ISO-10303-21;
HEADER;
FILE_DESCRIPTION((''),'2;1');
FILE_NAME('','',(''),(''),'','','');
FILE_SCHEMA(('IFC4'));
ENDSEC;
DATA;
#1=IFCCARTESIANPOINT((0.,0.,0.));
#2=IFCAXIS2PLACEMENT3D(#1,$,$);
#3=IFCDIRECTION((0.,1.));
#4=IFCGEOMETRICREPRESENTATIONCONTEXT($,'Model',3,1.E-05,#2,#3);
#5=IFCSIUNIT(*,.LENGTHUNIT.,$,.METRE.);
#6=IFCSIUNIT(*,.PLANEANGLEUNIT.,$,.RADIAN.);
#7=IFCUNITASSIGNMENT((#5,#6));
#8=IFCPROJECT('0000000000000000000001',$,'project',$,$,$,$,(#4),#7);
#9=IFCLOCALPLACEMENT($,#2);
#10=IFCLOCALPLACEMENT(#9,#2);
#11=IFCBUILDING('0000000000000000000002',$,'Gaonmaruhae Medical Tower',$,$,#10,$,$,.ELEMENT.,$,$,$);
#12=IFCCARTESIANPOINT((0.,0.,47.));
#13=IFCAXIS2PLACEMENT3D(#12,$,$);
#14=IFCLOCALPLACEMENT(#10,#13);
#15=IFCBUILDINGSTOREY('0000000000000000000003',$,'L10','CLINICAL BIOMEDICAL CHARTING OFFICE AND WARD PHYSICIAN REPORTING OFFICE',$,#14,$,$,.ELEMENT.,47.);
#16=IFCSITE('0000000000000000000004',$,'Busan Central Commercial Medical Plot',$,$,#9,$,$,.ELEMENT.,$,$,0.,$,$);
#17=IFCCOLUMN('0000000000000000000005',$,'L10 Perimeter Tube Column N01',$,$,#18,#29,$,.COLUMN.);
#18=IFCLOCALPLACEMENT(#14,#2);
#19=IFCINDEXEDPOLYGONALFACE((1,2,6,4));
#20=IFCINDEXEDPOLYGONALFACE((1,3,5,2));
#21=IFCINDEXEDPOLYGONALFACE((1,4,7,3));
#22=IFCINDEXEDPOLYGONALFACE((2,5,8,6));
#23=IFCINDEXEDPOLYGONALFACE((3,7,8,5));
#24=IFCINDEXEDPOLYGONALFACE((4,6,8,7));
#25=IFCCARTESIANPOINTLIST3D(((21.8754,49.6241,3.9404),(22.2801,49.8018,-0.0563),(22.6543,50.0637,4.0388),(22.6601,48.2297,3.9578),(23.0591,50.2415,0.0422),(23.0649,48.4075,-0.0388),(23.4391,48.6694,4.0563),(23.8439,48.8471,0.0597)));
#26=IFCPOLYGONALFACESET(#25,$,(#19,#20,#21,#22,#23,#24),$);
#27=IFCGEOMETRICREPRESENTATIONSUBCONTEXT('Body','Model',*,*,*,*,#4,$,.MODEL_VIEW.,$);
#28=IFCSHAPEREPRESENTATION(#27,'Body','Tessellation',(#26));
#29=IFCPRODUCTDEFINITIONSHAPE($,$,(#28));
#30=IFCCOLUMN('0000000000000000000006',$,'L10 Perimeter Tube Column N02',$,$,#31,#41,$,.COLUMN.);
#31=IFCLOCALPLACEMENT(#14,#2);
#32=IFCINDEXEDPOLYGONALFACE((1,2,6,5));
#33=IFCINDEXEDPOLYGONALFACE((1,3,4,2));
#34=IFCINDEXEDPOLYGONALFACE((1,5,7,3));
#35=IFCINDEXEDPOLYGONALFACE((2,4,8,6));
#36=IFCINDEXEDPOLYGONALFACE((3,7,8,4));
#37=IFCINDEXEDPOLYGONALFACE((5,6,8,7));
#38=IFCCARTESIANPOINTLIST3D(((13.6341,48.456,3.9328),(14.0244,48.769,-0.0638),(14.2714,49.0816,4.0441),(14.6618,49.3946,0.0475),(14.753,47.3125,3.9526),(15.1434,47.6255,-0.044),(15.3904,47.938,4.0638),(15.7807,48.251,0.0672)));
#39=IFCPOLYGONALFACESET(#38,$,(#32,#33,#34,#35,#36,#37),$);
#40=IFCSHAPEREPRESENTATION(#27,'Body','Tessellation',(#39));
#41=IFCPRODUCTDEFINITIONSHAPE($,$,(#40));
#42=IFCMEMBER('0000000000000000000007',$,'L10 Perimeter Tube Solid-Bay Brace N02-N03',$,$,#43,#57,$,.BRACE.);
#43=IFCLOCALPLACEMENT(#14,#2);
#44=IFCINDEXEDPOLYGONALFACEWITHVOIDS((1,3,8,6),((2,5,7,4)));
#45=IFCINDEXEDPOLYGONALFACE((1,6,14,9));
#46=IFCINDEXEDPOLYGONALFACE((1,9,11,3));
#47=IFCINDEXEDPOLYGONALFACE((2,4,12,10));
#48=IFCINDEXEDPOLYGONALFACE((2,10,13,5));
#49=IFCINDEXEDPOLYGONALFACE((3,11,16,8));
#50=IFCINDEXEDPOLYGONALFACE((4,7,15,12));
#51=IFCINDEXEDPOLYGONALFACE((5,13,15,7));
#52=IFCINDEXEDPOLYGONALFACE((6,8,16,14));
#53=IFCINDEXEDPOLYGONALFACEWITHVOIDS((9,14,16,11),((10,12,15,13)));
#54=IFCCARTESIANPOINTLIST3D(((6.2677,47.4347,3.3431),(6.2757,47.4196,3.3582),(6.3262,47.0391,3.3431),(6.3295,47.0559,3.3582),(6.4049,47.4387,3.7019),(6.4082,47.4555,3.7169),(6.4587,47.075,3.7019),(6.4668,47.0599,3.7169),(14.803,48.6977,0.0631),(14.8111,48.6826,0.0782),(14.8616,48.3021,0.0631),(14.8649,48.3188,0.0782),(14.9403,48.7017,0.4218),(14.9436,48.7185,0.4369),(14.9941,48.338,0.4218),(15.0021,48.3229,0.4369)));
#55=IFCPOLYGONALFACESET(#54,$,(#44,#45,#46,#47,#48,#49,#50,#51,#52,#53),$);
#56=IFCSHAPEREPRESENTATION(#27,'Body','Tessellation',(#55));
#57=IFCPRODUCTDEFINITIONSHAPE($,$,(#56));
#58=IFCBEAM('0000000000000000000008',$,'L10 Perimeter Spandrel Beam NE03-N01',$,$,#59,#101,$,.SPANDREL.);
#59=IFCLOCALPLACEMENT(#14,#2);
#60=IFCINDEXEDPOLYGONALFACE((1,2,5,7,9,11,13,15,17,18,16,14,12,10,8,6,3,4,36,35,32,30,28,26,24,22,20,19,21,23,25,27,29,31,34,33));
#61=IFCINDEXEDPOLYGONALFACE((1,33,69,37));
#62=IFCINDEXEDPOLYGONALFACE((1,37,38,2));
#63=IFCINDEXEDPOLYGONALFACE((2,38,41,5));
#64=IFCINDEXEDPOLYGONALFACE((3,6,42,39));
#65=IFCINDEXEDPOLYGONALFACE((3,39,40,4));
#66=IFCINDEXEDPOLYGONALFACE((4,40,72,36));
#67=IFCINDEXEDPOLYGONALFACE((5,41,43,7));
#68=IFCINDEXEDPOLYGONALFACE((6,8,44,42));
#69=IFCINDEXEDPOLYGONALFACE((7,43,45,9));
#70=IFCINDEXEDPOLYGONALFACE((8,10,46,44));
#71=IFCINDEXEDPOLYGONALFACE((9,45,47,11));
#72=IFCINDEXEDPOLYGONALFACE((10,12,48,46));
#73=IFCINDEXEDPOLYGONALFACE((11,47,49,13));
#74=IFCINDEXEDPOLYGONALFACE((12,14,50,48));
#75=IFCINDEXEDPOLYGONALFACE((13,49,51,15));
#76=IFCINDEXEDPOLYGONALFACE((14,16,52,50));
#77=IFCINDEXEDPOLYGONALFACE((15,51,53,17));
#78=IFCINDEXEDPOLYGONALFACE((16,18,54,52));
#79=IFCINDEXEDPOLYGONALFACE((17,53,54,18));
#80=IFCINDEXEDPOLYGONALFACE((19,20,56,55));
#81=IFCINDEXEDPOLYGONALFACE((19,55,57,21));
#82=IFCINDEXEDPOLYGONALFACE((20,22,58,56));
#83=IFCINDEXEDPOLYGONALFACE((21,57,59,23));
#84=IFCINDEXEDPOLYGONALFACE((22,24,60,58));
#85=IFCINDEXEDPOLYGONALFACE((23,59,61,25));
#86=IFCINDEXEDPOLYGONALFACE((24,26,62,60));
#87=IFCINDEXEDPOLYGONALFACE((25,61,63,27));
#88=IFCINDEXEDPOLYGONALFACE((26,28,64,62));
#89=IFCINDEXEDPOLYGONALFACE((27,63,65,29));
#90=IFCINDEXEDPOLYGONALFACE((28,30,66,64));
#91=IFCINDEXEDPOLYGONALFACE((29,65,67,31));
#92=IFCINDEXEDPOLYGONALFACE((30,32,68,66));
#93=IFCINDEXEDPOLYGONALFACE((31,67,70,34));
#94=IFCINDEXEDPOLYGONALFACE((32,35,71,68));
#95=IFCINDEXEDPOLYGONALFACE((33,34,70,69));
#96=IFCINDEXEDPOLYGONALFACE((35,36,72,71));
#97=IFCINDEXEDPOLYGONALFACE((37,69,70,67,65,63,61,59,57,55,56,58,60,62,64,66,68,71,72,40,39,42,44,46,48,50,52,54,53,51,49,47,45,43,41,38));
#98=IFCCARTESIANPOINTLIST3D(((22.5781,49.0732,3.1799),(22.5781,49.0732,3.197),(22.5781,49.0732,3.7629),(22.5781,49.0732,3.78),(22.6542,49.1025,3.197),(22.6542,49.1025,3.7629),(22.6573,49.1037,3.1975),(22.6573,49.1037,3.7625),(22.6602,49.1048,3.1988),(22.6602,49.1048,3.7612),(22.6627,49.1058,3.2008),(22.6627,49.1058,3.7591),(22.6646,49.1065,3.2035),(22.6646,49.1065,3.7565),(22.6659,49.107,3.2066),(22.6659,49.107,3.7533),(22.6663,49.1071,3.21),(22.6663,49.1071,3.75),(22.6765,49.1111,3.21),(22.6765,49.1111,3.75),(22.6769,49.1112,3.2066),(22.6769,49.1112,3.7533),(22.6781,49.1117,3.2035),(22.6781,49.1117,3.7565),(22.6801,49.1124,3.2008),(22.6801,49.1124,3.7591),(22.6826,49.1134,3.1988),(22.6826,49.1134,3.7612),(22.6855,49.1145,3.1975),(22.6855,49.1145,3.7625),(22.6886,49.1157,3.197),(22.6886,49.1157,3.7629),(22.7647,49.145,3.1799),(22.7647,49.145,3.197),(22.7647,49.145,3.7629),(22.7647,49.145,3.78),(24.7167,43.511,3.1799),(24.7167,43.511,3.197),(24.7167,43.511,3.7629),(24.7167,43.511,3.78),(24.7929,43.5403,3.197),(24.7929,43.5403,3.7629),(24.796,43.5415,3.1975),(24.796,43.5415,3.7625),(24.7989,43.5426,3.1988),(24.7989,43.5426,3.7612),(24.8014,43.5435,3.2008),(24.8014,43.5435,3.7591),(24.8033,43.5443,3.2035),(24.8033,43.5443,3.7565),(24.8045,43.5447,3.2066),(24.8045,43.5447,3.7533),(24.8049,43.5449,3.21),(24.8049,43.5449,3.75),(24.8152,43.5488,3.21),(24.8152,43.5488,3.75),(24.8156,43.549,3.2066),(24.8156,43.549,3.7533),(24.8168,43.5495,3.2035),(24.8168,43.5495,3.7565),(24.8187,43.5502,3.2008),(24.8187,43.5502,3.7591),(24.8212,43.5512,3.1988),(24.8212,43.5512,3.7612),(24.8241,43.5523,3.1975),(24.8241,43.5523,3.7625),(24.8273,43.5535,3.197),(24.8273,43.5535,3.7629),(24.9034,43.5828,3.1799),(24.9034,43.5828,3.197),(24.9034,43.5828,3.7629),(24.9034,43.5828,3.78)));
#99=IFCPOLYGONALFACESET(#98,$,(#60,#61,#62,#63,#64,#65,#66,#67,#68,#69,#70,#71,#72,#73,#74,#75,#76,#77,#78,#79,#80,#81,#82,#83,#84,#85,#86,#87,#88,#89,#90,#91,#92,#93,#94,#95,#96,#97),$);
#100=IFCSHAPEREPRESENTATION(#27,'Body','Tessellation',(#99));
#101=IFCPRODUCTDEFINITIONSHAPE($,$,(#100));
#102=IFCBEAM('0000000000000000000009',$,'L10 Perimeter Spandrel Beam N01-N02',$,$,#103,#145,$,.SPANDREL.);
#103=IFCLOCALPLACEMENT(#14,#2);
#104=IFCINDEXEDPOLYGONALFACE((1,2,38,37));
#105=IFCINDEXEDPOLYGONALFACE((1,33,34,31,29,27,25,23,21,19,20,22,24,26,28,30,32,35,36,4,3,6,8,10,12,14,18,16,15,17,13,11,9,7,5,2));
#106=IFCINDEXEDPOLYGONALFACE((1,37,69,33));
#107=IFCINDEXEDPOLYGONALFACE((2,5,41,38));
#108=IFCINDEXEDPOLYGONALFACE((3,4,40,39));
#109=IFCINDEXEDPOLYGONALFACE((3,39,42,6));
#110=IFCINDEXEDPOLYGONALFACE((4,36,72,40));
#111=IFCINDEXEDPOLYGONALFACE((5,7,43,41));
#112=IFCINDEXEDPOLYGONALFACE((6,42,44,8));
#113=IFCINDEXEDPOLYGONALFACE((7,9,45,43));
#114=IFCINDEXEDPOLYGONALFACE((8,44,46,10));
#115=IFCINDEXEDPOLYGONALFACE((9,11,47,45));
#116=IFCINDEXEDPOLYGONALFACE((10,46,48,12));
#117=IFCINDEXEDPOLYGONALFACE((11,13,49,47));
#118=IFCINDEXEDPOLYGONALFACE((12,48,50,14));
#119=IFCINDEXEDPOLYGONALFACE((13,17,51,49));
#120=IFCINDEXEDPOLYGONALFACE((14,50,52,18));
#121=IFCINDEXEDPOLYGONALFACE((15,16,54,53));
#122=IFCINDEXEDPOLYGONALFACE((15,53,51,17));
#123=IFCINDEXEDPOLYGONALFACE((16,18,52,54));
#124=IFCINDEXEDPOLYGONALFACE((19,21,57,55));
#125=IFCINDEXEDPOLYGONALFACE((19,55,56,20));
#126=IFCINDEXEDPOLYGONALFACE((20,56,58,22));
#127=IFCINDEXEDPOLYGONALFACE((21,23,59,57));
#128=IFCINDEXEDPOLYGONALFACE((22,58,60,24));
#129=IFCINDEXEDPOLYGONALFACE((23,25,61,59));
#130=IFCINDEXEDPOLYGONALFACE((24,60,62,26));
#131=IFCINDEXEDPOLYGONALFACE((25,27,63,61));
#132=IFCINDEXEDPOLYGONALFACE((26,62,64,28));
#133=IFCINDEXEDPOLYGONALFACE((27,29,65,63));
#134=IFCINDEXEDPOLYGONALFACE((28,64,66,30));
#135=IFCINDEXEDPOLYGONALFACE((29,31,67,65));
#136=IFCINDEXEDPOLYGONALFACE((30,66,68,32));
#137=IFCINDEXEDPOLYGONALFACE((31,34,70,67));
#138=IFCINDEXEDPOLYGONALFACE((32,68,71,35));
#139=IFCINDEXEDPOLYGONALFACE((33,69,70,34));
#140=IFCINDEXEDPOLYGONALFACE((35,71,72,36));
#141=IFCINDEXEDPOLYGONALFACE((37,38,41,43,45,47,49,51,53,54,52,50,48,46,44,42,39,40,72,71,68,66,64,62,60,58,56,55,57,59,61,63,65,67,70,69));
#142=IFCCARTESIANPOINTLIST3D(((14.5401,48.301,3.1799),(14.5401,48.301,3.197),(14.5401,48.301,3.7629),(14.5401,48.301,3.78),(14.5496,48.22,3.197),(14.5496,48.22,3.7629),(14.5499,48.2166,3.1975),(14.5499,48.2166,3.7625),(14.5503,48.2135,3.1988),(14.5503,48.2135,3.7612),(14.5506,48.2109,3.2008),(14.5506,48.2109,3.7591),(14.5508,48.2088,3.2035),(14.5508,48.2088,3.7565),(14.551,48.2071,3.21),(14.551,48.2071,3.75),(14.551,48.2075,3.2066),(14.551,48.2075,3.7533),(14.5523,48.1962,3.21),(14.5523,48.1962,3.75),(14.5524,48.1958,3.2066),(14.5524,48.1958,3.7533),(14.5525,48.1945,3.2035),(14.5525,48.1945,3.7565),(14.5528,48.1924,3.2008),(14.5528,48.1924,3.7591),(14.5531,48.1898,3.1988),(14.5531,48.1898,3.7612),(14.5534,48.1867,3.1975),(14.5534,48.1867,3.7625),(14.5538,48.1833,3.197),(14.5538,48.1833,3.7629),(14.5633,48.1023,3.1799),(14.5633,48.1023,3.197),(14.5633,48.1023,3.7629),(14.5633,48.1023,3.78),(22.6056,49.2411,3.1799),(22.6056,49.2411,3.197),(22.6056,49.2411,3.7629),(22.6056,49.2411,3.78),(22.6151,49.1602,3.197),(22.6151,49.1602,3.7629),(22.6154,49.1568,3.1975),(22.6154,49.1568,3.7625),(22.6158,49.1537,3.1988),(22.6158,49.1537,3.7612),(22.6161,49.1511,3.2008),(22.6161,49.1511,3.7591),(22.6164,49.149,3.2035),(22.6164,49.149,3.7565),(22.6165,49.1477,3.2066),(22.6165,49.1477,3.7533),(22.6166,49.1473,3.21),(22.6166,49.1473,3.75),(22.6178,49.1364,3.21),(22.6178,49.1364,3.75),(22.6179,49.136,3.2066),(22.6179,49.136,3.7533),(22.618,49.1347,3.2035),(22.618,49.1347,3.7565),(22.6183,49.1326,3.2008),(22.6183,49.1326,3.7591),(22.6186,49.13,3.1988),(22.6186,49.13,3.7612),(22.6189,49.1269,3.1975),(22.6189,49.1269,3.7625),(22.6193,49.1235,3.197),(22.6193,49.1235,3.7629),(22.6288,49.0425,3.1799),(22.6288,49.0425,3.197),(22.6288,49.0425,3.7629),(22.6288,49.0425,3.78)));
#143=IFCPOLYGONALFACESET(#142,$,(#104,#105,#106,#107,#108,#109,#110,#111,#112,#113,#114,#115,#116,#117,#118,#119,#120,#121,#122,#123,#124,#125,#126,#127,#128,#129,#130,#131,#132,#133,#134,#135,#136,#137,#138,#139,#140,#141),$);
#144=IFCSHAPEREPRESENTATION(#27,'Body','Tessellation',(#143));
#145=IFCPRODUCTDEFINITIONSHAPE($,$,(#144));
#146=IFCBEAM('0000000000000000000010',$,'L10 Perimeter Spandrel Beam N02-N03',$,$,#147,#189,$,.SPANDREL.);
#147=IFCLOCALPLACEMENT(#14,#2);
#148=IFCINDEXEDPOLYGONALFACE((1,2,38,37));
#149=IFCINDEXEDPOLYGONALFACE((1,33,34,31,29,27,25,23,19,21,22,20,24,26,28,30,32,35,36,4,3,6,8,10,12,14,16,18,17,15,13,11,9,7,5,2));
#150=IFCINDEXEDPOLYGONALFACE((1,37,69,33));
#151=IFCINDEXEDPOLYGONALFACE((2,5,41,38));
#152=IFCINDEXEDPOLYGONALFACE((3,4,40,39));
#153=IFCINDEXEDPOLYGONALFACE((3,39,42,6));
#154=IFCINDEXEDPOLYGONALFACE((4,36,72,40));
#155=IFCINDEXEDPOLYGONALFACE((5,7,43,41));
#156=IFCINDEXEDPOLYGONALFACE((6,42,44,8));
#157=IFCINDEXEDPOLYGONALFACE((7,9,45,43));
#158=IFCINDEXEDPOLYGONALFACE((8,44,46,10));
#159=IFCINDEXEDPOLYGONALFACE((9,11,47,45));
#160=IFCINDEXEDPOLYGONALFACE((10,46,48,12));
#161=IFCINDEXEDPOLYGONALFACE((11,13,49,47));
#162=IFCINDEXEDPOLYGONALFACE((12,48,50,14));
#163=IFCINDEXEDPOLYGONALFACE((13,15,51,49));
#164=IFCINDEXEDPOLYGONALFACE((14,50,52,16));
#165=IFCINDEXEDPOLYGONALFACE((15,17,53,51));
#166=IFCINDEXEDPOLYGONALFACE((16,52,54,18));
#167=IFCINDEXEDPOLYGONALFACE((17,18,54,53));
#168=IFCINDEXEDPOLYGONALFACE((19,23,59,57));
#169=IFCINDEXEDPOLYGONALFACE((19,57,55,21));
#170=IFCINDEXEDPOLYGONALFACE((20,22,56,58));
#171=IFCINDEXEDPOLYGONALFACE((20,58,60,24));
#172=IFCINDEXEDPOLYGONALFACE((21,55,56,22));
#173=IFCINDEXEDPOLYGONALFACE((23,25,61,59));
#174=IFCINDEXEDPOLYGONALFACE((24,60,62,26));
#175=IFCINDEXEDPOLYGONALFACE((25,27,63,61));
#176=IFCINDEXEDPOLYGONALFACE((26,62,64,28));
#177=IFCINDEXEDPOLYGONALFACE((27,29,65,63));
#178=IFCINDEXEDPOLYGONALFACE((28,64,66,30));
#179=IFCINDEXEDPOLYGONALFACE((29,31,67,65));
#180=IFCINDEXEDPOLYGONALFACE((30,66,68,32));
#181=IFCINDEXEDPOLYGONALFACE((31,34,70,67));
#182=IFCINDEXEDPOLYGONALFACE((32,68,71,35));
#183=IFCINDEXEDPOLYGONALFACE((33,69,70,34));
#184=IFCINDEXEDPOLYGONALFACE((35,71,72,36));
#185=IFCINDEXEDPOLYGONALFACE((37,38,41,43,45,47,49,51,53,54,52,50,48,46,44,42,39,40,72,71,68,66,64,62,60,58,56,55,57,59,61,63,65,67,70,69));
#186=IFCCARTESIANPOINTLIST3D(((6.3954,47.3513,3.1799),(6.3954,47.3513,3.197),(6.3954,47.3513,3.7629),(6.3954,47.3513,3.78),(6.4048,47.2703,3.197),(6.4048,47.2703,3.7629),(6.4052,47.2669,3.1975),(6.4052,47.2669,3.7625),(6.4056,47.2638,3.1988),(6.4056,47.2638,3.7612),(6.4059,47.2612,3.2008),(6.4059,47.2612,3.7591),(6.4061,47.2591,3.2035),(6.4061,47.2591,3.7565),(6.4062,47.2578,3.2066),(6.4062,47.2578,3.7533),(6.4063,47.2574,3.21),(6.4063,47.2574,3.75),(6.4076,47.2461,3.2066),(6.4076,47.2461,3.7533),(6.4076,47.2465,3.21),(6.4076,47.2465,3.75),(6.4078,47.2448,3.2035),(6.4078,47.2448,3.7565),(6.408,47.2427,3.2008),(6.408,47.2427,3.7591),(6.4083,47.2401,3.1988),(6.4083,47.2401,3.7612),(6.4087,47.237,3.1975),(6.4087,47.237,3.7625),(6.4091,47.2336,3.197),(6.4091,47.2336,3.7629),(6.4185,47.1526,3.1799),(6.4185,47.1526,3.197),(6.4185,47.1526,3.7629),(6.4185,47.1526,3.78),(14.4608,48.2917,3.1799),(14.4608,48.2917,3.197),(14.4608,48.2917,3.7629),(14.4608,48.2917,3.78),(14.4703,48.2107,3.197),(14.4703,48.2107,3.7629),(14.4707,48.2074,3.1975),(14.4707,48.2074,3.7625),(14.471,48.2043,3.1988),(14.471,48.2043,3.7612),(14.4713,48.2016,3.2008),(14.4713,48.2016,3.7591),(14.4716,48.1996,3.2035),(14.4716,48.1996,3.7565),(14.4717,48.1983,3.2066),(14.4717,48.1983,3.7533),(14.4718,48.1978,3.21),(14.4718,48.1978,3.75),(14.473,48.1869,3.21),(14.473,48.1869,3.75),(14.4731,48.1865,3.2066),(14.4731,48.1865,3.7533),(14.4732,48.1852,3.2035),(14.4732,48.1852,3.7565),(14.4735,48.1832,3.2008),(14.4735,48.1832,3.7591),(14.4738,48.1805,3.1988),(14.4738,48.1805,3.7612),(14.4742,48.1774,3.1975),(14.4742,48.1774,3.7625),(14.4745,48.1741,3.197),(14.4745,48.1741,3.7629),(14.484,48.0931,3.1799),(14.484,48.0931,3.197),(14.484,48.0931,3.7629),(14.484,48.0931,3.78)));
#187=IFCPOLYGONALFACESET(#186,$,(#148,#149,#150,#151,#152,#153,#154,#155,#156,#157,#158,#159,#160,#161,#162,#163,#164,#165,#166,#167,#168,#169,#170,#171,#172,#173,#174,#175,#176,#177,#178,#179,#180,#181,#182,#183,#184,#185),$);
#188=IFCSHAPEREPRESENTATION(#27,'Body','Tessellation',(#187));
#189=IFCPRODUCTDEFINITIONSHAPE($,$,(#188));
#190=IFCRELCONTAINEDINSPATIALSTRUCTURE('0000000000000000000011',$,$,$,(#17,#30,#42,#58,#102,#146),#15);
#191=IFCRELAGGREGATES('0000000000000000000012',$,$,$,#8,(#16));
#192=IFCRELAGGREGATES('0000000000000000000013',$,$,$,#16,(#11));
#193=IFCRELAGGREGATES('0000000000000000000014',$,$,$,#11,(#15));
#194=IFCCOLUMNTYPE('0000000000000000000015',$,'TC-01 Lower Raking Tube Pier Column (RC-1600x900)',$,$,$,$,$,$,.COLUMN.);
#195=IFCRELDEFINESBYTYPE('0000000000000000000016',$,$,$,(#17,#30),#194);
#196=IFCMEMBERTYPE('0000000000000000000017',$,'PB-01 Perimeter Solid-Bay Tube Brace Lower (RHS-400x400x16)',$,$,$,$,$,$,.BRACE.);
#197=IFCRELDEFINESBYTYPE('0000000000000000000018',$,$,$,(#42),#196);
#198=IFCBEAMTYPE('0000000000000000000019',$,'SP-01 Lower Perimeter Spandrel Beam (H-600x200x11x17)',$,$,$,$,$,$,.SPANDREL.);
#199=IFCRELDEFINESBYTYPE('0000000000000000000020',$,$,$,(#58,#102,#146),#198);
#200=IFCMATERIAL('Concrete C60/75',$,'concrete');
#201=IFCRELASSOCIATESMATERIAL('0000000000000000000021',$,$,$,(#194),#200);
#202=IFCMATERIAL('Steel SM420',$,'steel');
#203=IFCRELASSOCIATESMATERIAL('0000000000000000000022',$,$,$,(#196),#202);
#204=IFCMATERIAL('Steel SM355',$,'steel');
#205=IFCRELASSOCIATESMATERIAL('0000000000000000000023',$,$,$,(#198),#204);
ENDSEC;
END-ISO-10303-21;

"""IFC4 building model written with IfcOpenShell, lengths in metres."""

from ifc_helpers import new_model, si_unit, direction, frame, origin, origin_2d, place, context, subcontext, project, spatial, rectangle, hollow_rectangle, i_section, extrude, material, material_profile, profile_set, type_object, element, save


model = new_model("IFC4")

# Units and contexts
model_context = context("Model", 3, precision=1e-05, world=origin(), true_north=direction((0.0, 1.0)))
body_context = subcontext(model_context, "Body", "Model", "MODEL_VIEW")
ifc_project = project(units=[si_unit("LENGTHUNIT", "METRE"), si_unit("PLANEANGLEUNIT", "RADIAN")], contexts=[model_context])

# Site, building, storey
site_placement = place(None, origin())
site = spatial("IfcSite", under=ifc_project, at=site_placement, Name="Busan Central Commercial Medical Plot", CompositionType="ELEMENT", RefElevation=0.0)
building_placement = place(site_placement, origin())
building = spatial("IfcBuilding", under=site, at=building_placement, Name="Gaonmaruhae Medical Tower", CompositionType="ELEMENT")
storey_placement = place(building_placement, frame((0.0, 0.0, 47.0)))
storey = spatial("IfcBuildingStorey", under=building, at=storey_placement, Name="L10", Description="CLINICAL BIOMEDICAL CHARTING OFFICE AND WARD PHYSICIAN REPORTING OFFICE", CompositionType="ELEMENT", Elevation=47.0)

# Columns
ifc_material_1 = material(Name="Concrete C60/75", Category="concrete")
ifc_material_profile_1 = material_profile(ifc_material_1, rectangle(XDim=1.6001, YDim=0.8999, at=origin_2d()), Name="RC-1600x900")
ifc_profile_set_1 = profile_set([ifc_material_profile_1], Name="Concrete C60/75")
column_type = type_object("IfcColumnType", Name="TC-01 Lower Raking Tube Pier Column (RC-1600x900)", PredefinedType="COLUMN", material=ifc_profile_set_1)
column_1_placement = place(storey_placement, frame((23.062, 49.3245, 0.0017), z_axis=(-0.100669, -0.044202, 0.993938), x_axis=(0.490436, -0.871409, 0.01092)))
element("IfcColumn", 1, at=column_1_placement, inside=storey, type_object=column_type, Name="L10 Perimeter Tube Column N01", PredefinedType="COLUMN", context=body_context, shape_type="SweptSolid", body=[
    extrude(rectangle(XDim=1.6001, YDim=0.8999, at=origin_2d()), origin(), (0.0, 0.0, 1.0), 4.021),
])
column_2_placement = place(storey_placement, frame((14.9026, 48.51, 0.0017), z_axis=(-0.096922, -0.077707, 0.992254), x_axis=(0.699324, -0.714698, 0.012338)))
element("IfcColumn", 2, at=column_2_placement, inside=storey, type_object=column_type, Name="L10 Perimeter Tube Column N02", PredefinedType="COLUMN", context=body_context, shape_type="SweptSolid", body=[
    extrude(rectangle(XDim=1.6001, YDim=0.8999, at=origin_2d()), origin(), (0.0, 0.0, 1.0), 4.0278),
])

# Member
ifc_material_2 = material(Name="Steel SM420", Category="steel")
ifc_material_profile_2 = material_profile(ifc_material_2, hollow_rectangle(XDim=0.3999, YDim=0.3999, WallThickness=0.0161, at=origin_2d()), Name="RHS-400x400x16")
ifc_profile_set_2 = profile_set([ifc_material_profile_2], Name="Steel SM420")
member_type = type_object("IfcMemberType", Name="PB-01 Perimeter Solid-Bay Tube Brace Lower (RHS-400x400x16)", PredefinedType="BRACE", material=ifc_profile_set_2)
member_placement = place(storey_placement, frame((14.9026, 48.5103, 0.25), z_axis=(-0.924671, -0.136819, 0.355337), x_axis=(0.146371, -0.98923, 0.0)))
element("IfcMember", 3, at=member_placement, inside=storey, type_object=member_type, Name="L10 Perimeter Tube Solid-Bay Brace N02-N03", PredefinedType="BRACE", context=body_context, shape_type="SweptSolid", body=[
    extrude(hollow_rectangle(XDim=0.3999, YDim=0.3999, WallThickness=0.0161, at=origin_2d()), origin(), (0.0, 0.0, 1.0), 9.2307),
])

# Beams
ifc_material_3 = material(Name="Steel SM355", Category="steel")
ifc_material_profile_3 = material_profile(ifc_material_3, i_section(OverallWidth=0.2, OverallDepth=0.6001, WebThickness=0.011, FlangeThickness=0.0171, FilletRadius=0.0129, at=origin_2d()), Name="H-600x200x11x17")
ifc_profile_set_3 = profile_set([ifc_material_profile_3], Name="Steel SM355")
beam_type = type_object("IfcBeamType", Name="SP-01 Lower Perimeter Spandrel Beam (H-600x200x11x17)", PredefinedType="SPANDREL", material=ifc_profile_set_3)
beam_placement = place(storey_placement, frame((24.8101, 43.5469, 3.48), z_axis=(-0.358883, 0.933383, 0.0), x_axis=(-0.933383, -0.358883, 0.0)))
element("IfcBeam", 4, at=beam_placement, inside=storey, type_object=beam_type, Name="L10 Perimeter Spandrel Beam NE03-N01", PredefinedType="SPANDREL", context=body_context, shape_type="SweptSolid", body=[
    extrude(i_section(OverallWidth=0.2, OverallDepth=0.6001, WebThickness=0.011, FlangeThickness=0.0171, FilletRadius=0.0129, at=origin_2d()), origin(), (0.0, 0.0, 1.0), 5.9592),
])
for number, where, z_axis, x_axis, name in (
    (5, (22.6172, 49.1418, 3.48), (-0.993274, -0.115786, 0.0), (0.115786, -0.993274, 0.0), "L10 Perimeter Spandrel Beam N01-N02"),
    (6, (14.4724, 48.1924, 3.48), (-0.993271, -0.115815, 0.0), (0.115815, -0.993271, 0.0), "L10 Perimeter Spandrel Beam N02-N03"),
):
    element("IfcBeam", number, at=place(storey_placement, frame(where, z_axis=z_axis, x_axis=x_axis)), inside=storey, type_object=beam_type, Name=name, PredefinedType="SPANDREL", context=body_context, shape_type="SweptSolid", body=[
        extrude(i_section(OverallWidth=0.2, OverallDepth=0.6001, WebThickness=0.011, FlangeThickness=0.0171, FilletRadius=0.0129, at=origin_2d()), origin(), (0.0, 0.0, 1.0), 8.1201),
    ])

save(model, "model.ifc")
